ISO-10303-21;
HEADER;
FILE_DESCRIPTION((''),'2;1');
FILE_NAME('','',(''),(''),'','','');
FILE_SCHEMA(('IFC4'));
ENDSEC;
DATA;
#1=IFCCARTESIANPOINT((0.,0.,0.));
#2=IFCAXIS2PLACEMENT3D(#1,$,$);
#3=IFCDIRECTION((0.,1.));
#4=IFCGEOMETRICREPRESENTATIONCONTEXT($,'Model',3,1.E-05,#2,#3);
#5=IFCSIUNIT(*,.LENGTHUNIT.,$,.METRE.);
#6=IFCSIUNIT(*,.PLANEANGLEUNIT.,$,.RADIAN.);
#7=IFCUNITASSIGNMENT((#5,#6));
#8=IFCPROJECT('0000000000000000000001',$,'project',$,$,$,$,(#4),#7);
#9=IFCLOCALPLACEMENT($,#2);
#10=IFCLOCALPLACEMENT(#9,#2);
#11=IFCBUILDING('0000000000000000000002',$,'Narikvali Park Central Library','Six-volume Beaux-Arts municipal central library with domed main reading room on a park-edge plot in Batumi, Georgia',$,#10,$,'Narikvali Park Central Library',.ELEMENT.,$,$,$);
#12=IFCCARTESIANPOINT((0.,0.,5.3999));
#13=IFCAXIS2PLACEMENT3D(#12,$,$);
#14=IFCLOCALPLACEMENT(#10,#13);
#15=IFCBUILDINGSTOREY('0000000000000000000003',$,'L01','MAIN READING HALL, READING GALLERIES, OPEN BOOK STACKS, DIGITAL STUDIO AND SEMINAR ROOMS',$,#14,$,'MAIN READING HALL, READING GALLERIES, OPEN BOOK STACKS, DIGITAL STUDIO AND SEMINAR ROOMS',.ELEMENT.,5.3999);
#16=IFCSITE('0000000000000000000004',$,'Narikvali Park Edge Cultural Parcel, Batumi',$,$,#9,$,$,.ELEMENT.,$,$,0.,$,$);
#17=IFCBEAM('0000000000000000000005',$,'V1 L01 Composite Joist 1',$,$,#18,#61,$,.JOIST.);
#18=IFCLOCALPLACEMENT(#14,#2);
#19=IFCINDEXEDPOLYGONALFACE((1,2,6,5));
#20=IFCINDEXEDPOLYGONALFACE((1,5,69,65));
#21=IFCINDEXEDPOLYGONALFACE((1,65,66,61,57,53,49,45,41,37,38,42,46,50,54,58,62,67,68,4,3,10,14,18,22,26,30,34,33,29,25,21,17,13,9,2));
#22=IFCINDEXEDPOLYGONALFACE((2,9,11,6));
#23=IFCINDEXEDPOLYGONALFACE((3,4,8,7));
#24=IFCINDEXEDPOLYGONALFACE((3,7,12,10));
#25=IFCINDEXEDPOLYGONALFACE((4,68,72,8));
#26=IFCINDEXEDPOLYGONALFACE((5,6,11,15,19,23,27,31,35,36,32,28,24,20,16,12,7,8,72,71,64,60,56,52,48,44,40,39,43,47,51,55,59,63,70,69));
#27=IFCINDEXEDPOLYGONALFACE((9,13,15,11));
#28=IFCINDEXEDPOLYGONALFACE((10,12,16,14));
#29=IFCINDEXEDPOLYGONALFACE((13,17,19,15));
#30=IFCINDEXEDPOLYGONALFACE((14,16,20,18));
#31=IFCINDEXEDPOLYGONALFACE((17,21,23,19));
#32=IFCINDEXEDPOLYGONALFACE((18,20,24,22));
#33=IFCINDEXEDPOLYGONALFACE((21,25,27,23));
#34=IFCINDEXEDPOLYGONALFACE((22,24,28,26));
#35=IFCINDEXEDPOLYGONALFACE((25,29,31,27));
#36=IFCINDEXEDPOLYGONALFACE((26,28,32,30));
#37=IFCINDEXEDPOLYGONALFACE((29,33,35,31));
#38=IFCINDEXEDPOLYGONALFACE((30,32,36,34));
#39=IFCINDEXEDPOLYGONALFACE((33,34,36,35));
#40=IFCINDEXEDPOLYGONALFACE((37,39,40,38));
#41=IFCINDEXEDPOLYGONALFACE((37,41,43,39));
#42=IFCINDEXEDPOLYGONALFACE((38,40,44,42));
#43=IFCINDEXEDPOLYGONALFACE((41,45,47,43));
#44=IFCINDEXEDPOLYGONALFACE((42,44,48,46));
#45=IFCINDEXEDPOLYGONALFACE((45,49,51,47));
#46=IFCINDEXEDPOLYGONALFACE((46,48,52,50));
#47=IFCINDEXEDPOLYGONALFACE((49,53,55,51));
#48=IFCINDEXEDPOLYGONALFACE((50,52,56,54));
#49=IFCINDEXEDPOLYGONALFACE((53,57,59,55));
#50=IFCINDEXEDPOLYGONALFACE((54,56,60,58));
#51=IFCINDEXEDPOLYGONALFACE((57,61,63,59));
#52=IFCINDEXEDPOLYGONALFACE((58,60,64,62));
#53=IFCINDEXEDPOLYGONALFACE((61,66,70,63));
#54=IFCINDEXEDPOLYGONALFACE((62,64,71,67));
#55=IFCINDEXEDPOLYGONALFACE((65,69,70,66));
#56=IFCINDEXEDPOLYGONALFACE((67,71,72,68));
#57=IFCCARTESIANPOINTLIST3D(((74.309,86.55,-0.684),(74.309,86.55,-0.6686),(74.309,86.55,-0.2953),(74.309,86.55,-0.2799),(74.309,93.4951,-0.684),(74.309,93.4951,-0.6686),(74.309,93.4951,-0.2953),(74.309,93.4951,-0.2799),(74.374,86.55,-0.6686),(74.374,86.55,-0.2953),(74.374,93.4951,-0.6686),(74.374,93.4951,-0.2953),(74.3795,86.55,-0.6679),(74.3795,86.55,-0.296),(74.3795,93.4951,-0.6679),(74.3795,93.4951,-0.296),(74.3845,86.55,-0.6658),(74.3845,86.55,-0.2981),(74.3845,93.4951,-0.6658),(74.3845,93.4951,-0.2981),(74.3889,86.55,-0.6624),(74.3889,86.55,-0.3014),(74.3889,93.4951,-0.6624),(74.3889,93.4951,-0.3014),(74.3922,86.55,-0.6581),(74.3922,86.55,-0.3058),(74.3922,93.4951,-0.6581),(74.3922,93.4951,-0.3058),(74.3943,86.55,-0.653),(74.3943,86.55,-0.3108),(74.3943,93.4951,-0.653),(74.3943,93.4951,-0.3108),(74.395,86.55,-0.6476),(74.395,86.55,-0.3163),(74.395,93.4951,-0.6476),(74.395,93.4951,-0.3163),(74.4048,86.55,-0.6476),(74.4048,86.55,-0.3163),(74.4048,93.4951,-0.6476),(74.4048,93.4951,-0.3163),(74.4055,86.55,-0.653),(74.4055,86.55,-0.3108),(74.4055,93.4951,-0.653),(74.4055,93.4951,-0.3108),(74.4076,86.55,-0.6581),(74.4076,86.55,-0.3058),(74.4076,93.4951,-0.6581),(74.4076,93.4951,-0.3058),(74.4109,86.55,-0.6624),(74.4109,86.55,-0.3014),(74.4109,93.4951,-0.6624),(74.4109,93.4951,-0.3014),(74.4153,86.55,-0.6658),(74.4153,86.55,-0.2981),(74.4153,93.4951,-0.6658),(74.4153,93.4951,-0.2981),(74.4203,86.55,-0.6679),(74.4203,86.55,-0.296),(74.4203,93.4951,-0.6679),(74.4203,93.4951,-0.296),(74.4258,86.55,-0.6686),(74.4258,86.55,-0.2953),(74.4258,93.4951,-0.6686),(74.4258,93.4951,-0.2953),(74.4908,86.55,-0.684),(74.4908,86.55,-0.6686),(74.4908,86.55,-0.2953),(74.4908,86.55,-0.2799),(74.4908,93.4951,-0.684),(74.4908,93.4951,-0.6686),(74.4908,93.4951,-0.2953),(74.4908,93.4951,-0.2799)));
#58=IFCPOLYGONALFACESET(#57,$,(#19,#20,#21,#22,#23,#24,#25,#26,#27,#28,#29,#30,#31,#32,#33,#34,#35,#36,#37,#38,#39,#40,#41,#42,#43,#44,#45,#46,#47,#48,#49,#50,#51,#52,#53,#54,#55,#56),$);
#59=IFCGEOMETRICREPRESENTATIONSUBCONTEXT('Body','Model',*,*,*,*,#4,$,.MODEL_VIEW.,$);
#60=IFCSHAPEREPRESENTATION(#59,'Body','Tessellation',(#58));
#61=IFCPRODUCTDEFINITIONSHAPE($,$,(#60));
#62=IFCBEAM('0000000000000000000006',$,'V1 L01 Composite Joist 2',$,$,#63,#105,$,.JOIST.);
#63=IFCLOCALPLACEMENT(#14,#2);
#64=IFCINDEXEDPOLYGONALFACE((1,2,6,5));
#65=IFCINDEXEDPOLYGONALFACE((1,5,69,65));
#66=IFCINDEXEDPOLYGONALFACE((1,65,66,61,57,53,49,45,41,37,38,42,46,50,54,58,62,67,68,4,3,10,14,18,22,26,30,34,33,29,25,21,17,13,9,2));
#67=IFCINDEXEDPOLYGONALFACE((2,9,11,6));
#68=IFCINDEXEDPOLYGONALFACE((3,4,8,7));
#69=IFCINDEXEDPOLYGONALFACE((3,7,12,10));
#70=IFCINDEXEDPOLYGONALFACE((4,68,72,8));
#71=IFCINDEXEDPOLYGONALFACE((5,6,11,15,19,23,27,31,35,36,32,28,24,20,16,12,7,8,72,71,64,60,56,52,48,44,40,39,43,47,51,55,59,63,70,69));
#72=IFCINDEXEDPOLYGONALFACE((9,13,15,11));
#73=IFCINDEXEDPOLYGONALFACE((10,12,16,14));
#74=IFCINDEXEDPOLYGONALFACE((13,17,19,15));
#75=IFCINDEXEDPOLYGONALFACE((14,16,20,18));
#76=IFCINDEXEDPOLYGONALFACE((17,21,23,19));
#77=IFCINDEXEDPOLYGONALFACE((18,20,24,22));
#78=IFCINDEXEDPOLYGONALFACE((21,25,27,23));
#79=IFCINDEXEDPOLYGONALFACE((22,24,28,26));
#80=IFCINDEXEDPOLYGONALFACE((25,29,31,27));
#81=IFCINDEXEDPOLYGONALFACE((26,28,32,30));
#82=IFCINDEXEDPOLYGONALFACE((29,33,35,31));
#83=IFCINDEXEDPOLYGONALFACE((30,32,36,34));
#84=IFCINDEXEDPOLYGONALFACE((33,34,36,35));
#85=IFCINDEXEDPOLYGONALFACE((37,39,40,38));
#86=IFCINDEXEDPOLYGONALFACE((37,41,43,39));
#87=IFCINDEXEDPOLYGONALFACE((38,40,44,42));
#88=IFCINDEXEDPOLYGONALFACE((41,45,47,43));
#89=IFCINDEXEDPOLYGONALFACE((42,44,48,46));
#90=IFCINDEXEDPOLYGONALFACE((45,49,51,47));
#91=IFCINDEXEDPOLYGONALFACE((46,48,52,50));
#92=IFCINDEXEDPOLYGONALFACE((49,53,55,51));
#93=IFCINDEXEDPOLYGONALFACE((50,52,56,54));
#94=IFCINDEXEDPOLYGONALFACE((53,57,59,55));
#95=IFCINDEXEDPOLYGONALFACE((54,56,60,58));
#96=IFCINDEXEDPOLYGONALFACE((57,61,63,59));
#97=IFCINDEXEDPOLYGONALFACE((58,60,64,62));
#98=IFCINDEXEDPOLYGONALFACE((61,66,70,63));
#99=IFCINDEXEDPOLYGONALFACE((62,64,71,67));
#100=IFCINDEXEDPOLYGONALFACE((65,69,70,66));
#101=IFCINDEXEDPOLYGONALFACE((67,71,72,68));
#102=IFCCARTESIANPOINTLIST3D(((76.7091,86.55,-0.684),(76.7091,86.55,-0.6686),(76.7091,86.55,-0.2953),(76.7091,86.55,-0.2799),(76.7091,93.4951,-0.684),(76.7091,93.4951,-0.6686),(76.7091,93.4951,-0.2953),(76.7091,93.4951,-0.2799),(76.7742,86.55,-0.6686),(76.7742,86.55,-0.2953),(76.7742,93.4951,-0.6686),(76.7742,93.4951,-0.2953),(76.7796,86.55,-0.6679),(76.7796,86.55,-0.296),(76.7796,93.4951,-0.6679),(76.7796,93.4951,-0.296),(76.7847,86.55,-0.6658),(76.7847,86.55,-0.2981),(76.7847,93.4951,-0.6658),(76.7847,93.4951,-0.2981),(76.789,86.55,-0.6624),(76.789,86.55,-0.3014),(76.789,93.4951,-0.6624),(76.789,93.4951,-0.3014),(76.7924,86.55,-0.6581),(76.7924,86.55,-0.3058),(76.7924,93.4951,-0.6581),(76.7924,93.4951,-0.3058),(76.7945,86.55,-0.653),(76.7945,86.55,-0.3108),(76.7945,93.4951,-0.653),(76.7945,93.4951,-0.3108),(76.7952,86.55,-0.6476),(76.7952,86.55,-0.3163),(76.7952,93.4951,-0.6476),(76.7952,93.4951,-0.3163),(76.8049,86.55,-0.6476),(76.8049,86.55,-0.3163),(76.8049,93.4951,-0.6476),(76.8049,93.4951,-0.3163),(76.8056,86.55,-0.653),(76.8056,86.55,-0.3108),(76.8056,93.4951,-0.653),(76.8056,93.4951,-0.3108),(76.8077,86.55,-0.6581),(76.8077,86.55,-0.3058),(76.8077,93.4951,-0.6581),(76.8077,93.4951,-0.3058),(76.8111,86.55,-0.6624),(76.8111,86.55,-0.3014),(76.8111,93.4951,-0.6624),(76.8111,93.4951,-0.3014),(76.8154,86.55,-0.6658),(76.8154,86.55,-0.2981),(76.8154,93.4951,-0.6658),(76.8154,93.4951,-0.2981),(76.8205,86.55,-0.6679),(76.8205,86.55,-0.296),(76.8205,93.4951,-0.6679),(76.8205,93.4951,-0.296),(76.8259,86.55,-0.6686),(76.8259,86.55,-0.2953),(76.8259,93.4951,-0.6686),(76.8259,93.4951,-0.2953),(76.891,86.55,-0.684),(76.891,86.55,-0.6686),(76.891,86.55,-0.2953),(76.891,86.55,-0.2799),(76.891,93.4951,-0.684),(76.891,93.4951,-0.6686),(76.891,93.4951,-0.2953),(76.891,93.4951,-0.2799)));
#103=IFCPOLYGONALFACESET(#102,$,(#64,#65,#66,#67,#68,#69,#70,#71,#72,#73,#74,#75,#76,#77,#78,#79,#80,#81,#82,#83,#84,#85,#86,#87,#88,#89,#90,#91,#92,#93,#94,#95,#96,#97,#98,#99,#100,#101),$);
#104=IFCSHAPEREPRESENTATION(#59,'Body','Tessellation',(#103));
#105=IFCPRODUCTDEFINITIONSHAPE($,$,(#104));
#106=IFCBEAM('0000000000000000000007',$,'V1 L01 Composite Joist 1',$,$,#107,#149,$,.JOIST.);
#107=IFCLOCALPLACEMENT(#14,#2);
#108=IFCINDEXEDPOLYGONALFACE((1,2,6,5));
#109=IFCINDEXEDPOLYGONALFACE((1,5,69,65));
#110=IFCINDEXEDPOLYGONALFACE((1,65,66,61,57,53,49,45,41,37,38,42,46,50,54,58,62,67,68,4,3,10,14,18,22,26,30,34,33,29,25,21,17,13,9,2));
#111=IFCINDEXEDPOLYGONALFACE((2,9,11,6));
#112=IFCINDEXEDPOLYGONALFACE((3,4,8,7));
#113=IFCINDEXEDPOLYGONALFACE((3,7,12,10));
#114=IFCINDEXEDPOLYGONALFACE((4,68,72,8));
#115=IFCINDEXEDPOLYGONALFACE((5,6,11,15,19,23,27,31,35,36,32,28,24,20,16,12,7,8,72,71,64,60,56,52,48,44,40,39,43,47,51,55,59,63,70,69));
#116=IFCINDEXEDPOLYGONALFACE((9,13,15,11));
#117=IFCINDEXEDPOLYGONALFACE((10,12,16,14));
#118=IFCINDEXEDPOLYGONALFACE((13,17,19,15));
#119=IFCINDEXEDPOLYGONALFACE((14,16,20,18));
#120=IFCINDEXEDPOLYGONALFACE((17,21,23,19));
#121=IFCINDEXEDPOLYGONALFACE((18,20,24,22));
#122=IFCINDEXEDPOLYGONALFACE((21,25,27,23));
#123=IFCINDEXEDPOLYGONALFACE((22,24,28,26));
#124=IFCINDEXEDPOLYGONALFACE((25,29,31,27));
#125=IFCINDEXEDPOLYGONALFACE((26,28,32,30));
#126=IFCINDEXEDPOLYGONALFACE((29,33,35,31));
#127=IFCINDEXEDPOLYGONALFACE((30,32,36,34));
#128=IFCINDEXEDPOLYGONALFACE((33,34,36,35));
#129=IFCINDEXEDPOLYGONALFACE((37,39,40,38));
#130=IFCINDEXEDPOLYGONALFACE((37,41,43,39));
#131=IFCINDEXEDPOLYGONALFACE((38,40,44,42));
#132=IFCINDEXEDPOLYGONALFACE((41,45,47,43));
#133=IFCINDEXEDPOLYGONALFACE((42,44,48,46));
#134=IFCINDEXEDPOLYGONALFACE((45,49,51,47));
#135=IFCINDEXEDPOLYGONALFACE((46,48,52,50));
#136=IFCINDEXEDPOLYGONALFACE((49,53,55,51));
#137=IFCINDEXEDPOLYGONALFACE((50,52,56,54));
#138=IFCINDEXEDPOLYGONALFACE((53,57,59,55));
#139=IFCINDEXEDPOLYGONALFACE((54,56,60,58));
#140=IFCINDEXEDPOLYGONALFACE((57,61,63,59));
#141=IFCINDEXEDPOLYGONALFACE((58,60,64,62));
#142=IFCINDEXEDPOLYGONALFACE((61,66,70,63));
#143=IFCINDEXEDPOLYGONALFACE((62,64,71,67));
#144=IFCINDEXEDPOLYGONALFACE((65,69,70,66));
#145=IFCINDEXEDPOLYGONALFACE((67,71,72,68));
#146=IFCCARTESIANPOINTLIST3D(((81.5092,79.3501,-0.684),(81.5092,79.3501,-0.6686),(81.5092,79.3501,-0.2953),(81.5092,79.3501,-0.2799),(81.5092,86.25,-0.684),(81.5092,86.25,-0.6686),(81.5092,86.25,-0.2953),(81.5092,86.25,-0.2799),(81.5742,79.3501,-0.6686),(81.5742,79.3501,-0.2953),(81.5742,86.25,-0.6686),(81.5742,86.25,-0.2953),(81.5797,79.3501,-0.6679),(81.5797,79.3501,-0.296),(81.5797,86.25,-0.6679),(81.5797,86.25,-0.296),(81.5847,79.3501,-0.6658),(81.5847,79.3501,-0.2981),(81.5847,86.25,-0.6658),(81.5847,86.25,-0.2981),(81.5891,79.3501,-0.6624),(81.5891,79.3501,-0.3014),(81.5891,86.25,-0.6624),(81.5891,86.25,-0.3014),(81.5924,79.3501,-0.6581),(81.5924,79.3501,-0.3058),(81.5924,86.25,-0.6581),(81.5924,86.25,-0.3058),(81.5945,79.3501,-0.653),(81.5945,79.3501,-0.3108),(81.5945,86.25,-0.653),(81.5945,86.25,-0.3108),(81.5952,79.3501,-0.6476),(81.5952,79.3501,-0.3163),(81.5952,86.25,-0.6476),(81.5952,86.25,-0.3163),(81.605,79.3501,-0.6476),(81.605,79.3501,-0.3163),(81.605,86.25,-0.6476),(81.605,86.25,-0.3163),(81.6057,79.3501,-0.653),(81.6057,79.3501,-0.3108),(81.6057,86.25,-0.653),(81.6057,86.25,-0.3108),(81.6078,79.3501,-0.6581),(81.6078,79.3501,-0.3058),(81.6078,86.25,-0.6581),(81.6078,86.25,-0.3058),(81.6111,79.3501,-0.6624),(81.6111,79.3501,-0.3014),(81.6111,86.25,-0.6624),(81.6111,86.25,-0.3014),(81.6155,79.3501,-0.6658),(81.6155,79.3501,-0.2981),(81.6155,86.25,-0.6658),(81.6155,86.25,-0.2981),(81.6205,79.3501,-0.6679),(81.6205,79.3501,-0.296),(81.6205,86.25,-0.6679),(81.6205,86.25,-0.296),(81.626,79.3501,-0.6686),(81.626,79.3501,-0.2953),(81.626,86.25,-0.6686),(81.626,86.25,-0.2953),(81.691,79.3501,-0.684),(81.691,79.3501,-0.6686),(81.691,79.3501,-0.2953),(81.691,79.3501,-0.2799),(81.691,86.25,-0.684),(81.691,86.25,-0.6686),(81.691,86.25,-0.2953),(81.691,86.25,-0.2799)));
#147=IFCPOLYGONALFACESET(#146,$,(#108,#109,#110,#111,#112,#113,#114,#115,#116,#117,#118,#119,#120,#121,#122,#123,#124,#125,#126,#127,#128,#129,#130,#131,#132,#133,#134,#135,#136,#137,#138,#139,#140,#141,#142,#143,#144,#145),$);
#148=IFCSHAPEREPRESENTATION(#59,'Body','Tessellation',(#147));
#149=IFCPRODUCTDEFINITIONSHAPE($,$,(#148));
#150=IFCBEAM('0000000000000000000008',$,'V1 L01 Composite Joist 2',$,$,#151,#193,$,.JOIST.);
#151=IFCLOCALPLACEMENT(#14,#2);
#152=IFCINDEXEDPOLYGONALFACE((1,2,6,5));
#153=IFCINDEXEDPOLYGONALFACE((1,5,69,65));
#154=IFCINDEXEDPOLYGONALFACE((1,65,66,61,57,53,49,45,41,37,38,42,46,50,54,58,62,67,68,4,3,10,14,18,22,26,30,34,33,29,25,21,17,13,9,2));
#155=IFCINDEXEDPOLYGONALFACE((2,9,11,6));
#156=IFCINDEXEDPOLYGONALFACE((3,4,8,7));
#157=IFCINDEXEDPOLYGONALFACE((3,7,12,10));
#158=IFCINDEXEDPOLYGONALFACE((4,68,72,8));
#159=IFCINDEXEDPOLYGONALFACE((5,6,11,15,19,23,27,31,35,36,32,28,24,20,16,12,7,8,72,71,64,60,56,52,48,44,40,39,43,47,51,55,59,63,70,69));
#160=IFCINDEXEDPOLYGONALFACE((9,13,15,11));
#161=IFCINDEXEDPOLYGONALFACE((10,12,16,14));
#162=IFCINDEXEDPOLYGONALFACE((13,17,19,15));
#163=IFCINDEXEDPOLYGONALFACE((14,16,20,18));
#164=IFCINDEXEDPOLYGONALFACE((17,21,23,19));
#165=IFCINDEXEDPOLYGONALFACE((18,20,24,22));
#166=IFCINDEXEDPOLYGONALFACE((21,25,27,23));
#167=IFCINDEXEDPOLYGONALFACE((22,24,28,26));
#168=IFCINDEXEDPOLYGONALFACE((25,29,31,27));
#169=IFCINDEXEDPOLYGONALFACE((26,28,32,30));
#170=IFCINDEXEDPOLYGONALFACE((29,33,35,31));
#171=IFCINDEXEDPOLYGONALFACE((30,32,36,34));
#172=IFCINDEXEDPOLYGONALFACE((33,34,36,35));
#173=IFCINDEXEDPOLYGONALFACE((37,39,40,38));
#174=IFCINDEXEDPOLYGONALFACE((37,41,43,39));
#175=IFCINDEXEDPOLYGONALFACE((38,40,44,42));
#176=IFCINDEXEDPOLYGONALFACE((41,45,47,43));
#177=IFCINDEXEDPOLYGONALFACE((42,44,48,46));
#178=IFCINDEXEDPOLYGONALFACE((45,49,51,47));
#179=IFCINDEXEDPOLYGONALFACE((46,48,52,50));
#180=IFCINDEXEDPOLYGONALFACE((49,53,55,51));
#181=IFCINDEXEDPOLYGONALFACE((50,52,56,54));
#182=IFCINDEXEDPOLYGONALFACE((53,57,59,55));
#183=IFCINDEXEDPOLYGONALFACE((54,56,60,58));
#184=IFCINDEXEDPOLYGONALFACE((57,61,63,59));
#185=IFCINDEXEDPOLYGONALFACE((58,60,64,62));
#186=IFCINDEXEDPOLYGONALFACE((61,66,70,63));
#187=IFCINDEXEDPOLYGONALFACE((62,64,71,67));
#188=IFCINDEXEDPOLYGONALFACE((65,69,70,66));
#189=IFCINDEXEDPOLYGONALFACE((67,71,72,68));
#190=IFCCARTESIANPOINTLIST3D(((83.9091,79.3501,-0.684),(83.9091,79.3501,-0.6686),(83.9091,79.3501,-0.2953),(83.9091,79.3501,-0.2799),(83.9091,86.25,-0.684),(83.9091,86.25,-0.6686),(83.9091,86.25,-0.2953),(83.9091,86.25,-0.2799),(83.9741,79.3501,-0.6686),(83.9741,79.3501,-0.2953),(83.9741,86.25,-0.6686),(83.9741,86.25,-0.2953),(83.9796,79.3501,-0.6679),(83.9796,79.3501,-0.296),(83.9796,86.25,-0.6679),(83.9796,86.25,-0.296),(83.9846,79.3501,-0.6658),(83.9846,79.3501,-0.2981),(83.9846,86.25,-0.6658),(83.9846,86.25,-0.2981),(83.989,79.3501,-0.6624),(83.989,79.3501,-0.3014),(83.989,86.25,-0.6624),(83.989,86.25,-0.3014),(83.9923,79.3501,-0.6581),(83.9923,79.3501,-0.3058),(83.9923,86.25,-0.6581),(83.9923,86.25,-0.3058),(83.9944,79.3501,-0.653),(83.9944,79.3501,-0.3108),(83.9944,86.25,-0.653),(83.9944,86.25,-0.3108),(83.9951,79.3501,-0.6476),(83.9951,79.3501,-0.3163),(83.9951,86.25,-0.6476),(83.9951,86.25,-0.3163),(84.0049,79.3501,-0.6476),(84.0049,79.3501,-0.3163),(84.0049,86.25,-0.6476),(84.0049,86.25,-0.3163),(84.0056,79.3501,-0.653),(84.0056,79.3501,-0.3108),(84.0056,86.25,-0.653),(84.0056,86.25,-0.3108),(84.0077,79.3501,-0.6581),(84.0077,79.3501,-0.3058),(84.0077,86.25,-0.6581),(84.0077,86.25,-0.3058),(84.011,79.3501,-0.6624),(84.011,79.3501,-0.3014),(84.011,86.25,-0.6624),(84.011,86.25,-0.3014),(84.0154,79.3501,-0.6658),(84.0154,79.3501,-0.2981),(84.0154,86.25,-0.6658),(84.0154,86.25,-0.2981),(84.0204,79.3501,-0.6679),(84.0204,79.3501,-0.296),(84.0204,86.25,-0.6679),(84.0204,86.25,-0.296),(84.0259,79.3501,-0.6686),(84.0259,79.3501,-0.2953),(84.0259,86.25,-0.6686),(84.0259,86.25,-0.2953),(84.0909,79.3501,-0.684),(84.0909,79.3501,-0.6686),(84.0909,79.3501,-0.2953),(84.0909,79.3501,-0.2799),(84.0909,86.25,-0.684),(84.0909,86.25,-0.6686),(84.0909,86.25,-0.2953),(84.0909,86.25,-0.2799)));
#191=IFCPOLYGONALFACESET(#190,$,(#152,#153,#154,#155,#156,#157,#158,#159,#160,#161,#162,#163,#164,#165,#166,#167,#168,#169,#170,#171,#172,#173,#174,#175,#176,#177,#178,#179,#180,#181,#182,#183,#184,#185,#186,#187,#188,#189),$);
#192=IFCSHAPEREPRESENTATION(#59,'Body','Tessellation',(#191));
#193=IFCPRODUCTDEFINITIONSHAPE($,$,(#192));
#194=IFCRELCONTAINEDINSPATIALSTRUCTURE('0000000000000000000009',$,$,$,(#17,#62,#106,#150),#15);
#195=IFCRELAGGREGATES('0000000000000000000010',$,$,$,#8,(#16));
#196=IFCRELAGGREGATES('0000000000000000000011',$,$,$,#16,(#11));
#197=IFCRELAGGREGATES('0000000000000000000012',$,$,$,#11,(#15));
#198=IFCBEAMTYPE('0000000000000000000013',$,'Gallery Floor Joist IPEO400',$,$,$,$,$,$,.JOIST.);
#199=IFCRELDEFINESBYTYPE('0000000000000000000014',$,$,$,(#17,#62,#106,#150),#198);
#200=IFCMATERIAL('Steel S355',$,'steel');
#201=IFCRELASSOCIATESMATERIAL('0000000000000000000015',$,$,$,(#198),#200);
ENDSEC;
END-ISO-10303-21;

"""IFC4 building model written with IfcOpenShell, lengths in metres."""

from ifc_helpers import new_model, si_unit, direction, frame, origin, origin_2d, place, context, subcontext, project, spatial, i_section, extrude, material, material_profile, profile_set, type_object, element, save


model = new_model("IFC4")

# Units and contexts
model_context = context("Model", 3, precision=1e-05, world=origin(), true_north=direction((0.0, 1.0)))
body_context = subcontext(model_context, "Body", "Model", "MODEL_VIEW")
ifc_project = project(units=[si_unit("LENGTHUNIT", "METRE"), si_unit("PLANEANGLEUNIT", "RADIAN")], contexts=[model_context])

# Site, building, storey
site_placement = place(None, origin())
site = spatial("IfcSite", under=ifc_project, at=site_placement, Name="Narikvali Park Edge Cultural Parcel, Batumi", CompositionType="ELEMENT", RefElevation=0.0)
building_placement = place(site_placement, origin())
building = spatial("IfcBuilding", under=site, at=building_placement, Name="Narikvali Park Central Library", Description="Six-volume Beaux-Arts municipal central library with domed main reading room on a park-edge plot in Batumi, Georgia", LongName="Narikvali Park Central Library", CompositionType="ELEMENT")
storey_placement = place(building_placement, frame((0.0, 0.0, 5.3999)))
storey = spatial("IfcBuildingStorey", under=building, at=storey_placement, Name="L01", Description="MAIN READING HALL, READING GALLERIES, OPEN BOOK STACKS, DIGITAL STUDIO AND SEMINAR ROOMS", LongName="MAIN READING HALL, READING GALLERIES, OPEN BOOK STACKS, DIGITAL STUDIO AND SEMINAR ROOMS", CompositionType="ELEMENT", Elevation=5.3999)

# Shared definitions
ifc_material_1 = material(Name="Steel S355", Category="steel")

# Beams
ifc_material_profile_1 = material_profile(ifc_material_1, i_section(OverallWidth=0.1819, OverallDepth=0.4041, WebThickness=0.0098, FlangeThickness=0.0154, FilletRadius=0.021, at=origin_2d()), Name="IPEO 400")
ifc_profile_set_1 = profile_set([ifc_material_profile_1], Name="Steel S355")
beam_type_1 = type_object("IfcBeamType", Name="Gallery Floor Joist IPEO400", PredefinedType="JOIST", material=ifc_profile_set_1)
for number, where, z_axis, x_axis, name in (
    (1, (74.3999, 86.55, -0.4819), (0.0, 1.0, 0.0), (-1.0, 0.0, 0.0), "V1 L01 Composite Joist 1"),
    (2, (76.8, 86.55, -0.4819), (0.0, 1.0, 0.0), (-1.0, 0.0, 0.0), "V1 L01 Composite Joist 2"),
):
    element("IfcBeam", number, at=place(storey_placement, frame(where, z_axis=z_axis, x_axis=x_axis)), inside=storey, type_object=beam_type_1, Name=name, PredefinedType="JOIST", context=body_context, shape_type="SweptSolid", body=[
        extrude(i_section(OverallWidth=0.1819, OverallDepth=0.4041, WebThickness=0.0098, FlangeThickness=0.0154, FilletRadius=0.021, at=origin_2d()), origin(), (0.0, 0.0, 1.0), 6.9451),
    ])
for number, where, z_axis, x_axis, name in (
    (3, (81.6001, 79.3501, -0.4819), (0.0, 1.0, 0.0), (-1.0, 0.0, 0.0), "V1 L01 Composite Joist 1"),
    (4, (84.0, 79.3501, -0.4819), (0.0, 1.0, 0.0), (-1.0, 0.0, 0.0), "V1 L01 Composite Joist 2"),
):
    element("IfcBeam", number, at=place(storey_placement, frame(where, z_axis=z_axis, x_axis=x_axis)), inside=storey, type_object=beam_type_1, Name=name, PredefinedType="JOIST", context=body_context, shape_type="SweptSolid", body=[
        extrude(i_section(OverallWidth=0.1819, OverallDepth=0.4041, WebThickness=0.0098, FlangeThickness=0.0154, FilletRadius=0.021, at=origin_2d()), origin(), (0.0, 0.0, 1.0), 6.8999),
    ])

save(model, "model.ifc")
